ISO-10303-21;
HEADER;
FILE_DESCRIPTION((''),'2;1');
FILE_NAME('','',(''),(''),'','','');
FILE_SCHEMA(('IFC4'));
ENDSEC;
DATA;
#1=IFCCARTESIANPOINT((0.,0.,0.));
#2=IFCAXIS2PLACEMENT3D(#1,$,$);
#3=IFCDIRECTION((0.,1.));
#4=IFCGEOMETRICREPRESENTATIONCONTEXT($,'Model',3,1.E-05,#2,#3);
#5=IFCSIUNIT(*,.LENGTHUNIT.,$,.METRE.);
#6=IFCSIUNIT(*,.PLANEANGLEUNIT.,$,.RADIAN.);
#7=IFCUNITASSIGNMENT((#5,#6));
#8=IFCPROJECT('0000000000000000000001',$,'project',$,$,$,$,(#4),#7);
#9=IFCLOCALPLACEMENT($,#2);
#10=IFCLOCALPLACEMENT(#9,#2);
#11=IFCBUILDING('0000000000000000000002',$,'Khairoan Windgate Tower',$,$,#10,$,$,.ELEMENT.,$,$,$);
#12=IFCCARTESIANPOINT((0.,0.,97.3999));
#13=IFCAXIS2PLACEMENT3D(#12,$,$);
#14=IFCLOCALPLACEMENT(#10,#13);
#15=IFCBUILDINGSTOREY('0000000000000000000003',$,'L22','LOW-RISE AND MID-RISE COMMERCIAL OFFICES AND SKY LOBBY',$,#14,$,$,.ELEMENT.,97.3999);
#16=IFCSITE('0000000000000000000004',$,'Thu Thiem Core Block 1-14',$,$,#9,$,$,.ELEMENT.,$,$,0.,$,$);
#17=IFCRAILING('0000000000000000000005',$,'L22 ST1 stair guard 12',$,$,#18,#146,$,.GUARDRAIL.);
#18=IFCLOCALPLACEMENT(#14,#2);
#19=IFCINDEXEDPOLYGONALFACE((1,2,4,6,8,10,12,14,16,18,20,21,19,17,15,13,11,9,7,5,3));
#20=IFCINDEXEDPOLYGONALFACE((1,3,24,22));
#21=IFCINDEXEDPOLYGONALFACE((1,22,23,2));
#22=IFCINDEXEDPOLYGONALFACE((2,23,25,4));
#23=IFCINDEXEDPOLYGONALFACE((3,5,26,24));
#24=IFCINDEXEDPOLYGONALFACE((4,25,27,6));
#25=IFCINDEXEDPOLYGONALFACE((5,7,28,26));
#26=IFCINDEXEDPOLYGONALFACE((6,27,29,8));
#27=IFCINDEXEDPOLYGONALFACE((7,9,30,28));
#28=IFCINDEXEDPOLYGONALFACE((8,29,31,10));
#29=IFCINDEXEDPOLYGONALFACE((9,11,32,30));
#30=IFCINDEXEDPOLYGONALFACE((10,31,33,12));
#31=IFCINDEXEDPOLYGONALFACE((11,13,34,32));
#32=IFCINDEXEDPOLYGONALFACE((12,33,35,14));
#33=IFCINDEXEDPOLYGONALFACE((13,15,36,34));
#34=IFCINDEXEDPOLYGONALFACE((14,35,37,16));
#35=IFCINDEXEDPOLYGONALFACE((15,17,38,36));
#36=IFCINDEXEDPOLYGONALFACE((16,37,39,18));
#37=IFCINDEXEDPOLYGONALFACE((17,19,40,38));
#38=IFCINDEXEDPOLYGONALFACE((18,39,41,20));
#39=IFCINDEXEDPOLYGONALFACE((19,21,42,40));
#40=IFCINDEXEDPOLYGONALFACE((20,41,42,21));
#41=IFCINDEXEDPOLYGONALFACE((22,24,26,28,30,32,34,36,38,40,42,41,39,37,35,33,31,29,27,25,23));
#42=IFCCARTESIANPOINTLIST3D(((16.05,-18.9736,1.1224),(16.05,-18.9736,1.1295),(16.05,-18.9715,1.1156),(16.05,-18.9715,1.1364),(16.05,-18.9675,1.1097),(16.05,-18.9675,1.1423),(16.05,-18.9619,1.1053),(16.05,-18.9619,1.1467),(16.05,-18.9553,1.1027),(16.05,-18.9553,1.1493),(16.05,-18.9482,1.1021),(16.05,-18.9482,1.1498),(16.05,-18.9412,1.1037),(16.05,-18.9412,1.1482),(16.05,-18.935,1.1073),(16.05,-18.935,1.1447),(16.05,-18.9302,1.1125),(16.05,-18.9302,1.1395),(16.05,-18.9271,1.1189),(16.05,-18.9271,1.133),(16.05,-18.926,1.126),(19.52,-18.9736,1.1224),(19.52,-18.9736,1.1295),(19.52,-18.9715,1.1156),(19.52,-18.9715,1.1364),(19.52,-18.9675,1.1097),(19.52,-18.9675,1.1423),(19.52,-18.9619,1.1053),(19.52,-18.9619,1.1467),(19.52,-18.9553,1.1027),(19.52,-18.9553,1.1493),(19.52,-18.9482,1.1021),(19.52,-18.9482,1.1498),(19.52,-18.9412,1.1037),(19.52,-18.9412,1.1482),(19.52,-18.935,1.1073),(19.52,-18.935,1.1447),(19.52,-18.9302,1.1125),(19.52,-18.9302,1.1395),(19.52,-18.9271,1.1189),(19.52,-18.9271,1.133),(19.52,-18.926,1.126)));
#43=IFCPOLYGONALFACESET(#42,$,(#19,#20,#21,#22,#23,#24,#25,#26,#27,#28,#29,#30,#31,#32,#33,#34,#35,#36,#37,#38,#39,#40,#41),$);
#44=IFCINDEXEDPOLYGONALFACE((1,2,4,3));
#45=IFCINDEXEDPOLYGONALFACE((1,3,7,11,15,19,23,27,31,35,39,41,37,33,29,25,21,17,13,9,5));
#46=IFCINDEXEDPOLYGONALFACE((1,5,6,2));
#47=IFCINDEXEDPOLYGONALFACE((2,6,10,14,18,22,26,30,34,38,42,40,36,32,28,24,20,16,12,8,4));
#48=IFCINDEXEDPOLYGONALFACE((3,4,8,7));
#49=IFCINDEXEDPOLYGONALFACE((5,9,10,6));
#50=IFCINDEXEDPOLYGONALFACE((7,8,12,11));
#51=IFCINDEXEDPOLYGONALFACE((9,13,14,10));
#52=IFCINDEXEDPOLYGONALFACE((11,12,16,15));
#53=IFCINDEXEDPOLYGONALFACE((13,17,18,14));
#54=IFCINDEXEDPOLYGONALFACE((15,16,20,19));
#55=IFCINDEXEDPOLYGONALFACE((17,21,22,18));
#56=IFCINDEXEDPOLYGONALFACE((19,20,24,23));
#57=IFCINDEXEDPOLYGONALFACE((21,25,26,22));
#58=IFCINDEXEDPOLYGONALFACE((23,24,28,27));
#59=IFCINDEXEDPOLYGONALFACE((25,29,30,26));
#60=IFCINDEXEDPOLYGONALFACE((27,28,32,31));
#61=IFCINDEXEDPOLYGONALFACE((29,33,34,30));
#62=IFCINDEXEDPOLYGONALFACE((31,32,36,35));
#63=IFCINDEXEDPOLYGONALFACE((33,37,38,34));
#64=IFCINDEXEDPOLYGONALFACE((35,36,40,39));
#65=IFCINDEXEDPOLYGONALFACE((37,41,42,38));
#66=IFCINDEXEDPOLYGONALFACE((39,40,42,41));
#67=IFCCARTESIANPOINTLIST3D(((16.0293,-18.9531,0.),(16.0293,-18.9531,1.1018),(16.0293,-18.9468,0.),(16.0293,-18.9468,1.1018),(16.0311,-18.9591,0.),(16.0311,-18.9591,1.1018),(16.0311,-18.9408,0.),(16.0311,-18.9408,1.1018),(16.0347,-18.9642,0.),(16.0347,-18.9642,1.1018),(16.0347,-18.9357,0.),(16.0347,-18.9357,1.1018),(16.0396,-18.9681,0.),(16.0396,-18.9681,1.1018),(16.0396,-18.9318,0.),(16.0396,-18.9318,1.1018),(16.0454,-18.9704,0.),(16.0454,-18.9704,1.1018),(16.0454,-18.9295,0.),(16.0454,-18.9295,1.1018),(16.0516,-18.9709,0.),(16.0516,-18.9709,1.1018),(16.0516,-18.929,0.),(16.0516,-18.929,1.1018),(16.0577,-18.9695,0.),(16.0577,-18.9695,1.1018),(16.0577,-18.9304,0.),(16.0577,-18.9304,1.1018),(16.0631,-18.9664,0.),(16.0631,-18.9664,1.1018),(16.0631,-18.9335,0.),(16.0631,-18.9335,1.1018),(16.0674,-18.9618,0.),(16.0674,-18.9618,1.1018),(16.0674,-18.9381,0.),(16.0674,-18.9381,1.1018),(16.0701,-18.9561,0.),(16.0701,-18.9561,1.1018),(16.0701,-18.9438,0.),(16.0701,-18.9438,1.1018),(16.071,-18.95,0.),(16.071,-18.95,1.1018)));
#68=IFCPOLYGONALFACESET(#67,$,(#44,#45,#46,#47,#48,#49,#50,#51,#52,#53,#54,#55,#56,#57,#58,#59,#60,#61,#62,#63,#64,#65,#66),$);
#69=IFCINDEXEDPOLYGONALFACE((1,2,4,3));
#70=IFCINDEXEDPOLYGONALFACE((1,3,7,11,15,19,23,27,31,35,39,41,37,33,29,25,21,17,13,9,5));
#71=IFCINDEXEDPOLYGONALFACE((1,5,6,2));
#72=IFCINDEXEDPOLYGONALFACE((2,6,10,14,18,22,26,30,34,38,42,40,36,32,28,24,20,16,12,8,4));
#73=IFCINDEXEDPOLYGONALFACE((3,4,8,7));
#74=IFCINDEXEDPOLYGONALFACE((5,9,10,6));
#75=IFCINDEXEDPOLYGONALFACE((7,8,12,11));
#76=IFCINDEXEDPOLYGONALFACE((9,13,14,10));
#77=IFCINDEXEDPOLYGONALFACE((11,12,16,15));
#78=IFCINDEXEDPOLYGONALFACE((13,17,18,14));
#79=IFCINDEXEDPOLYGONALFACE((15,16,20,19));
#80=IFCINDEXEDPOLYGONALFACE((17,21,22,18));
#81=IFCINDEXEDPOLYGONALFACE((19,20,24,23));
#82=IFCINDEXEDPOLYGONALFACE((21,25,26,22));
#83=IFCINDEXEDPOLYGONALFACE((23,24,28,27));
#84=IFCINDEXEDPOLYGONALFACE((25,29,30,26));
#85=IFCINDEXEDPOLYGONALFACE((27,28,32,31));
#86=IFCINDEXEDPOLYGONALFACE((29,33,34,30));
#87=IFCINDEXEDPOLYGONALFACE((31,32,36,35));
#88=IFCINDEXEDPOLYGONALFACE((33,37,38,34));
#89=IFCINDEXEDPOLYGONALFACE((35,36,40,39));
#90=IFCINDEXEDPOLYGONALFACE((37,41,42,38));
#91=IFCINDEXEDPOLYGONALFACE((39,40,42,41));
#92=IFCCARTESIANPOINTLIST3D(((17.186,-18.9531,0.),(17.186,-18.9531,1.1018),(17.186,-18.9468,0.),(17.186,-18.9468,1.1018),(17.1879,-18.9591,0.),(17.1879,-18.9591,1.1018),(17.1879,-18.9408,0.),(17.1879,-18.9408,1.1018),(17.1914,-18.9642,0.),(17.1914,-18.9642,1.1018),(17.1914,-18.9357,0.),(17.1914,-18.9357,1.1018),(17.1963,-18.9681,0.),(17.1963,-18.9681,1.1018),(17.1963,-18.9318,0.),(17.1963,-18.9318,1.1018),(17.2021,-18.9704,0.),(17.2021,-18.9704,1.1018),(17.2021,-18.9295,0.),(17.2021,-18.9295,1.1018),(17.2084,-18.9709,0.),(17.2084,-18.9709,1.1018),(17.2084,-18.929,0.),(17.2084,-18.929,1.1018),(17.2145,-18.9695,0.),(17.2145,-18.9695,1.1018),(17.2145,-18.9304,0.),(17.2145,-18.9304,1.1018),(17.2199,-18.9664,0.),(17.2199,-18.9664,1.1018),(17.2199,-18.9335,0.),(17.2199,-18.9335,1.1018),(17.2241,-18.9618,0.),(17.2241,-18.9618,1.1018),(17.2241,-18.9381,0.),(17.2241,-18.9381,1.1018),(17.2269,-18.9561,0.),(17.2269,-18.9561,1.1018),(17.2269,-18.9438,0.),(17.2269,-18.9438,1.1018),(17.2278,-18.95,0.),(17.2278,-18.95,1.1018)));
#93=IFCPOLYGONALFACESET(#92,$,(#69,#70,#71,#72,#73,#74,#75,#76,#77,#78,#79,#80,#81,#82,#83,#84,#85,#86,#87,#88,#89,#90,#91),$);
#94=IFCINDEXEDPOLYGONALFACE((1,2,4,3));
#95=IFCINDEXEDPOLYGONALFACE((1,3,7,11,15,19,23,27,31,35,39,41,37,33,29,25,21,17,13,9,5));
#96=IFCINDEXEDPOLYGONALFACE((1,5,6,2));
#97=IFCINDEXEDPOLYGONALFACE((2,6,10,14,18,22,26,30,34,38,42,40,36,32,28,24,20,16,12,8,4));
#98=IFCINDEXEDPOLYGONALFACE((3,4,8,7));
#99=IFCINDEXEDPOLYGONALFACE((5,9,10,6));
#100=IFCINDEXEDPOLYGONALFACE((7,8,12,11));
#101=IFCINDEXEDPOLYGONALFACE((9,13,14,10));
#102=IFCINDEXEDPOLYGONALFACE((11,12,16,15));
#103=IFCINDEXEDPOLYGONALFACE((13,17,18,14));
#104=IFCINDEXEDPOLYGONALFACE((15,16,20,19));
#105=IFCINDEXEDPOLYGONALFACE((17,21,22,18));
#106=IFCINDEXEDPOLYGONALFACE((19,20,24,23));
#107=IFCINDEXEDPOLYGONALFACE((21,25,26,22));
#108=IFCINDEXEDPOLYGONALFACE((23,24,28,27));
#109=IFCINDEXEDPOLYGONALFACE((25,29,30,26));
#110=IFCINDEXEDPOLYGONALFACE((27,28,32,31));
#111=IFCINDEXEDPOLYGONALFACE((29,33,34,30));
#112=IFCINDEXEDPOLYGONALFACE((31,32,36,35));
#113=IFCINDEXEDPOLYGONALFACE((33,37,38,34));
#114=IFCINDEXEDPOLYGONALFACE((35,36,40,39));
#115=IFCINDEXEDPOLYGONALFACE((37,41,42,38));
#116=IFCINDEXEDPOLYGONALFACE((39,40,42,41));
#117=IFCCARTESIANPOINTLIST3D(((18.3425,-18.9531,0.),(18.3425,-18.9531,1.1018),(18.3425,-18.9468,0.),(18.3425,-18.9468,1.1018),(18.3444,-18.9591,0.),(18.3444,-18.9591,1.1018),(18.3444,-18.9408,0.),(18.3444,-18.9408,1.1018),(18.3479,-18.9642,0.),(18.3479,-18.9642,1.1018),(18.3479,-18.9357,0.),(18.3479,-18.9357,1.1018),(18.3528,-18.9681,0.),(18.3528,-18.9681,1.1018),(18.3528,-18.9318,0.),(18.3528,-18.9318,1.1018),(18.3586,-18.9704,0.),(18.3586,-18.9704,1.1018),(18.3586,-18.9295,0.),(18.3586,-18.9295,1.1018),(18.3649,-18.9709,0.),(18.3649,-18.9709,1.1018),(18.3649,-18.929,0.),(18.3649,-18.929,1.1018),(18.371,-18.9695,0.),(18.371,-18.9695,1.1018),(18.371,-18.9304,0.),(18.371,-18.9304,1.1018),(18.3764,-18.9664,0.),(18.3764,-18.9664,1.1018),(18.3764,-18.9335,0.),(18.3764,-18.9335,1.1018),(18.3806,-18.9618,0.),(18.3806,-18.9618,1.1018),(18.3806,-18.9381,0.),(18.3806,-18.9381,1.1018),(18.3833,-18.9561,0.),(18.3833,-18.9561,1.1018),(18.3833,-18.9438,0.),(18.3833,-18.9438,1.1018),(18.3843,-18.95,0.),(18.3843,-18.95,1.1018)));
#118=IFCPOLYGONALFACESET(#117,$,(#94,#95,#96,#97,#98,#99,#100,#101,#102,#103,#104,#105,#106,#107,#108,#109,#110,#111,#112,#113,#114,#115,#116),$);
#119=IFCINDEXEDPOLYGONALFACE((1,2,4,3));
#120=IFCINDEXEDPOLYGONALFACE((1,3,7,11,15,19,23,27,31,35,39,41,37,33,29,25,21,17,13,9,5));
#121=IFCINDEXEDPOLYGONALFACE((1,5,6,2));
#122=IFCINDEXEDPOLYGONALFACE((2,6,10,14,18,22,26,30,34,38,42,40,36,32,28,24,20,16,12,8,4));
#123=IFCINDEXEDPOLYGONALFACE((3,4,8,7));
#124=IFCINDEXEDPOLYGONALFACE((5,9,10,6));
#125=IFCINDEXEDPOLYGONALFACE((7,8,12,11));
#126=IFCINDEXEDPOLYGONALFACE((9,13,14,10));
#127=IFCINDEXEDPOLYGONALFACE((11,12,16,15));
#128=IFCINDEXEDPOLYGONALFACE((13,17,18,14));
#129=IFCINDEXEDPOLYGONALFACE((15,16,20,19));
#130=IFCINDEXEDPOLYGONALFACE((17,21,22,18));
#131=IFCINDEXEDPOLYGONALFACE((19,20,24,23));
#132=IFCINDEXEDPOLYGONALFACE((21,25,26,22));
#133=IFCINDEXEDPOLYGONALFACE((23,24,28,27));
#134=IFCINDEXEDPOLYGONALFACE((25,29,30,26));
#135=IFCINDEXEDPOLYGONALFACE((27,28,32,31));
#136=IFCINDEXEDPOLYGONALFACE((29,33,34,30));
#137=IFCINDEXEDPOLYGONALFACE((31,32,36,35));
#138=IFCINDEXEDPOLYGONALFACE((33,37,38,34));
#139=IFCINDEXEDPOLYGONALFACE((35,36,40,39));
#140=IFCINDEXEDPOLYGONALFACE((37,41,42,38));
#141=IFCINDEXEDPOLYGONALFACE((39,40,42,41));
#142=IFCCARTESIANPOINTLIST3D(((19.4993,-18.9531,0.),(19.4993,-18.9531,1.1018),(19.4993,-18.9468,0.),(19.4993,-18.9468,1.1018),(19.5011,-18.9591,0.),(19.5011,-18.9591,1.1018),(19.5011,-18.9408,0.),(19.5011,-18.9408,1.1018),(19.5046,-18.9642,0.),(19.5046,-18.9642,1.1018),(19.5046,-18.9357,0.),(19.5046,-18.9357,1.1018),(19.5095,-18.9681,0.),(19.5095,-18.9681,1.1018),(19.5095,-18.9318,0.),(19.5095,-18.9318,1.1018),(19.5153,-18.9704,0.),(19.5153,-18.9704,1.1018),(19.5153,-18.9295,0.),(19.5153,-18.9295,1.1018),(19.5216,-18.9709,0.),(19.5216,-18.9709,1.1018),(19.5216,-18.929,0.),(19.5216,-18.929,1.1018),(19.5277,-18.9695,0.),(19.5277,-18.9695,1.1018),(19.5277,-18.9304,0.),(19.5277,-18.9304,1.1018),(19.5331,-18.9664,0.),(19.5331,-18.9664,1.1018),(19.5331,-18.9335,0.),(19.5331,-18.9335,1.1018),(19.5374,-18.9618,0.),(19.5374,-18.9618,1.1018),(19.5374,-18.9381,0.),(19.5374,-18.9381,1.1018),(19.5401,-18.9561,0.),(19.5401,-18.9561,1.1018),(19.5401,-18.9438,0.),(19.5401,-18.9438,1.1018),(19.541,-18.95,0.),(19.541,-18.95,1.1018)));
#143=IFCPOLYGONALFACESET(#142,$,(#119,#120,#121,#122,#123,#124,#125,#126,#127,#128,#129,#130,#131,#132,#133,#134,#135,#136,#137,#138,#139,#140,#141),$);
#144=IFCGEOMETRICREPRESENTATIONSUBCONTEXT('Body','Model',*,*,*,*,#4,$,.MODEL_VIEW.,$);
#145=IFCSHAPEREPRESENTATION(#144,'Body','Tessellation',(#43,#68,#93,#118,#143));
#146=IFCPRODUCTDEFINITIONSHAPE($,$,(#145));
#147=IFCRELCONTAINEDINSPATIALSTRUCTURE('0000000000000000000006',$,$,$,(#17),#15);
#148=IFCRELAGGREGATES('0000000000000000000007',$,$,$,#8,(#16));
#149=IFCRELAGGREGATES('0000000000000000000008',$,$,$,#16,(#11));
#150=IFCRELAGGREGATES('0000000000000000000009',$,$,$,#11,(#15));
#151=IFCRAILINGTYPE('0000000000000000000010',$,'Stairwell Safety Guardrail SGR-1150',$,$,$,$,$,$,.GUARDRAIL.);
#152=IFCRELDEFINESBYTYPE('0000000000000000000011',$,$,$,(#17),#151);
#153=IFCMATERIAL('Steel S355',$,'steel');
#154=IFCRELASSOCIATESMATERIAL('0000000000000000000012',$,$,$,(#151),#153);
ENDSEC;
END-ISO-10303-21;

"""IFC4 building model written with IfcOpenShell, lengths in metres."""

from ifc_helpers import new_model, si_unit, direction, frame, origin, origin_2d, place, context, subcontext, project, spatial, circle, extrude, material, type_object, element, save


model = new_model("IFC4")

# Units and contexts
model_context = context("Model", 3, precision=1e-05, world=origin(), true_north=direction((0.0, 1.0)))
body_context = subcontext(model_context, "Body", "Model", "MODEL_VIEW")
ifc_project = project(units=[si_unit("LENGTHUNIT", "METRE"), si_unit("PLANEANGLEUNIT", "RADIAN")], contexts=[model_context])

# Site, building, storey
site_placement = place(None, origin())
site = spatial("IfcSite", under=ifc_project, at=site_placement, Name="Thu Thiem Core Block 1-14", CompositionType="ELEMENT", RefElevation=0.0)
building_placement = place(site_placement, origin())
building = spatial("IfcBuilding", under=site, at=building_placement, Name="Khairoan Windgate Tower", CompositionType="ELEMENT")
storey_placement = place(building_placement, frame((0.0, 0.0, 97.3999)))
storey = spatial("IfcBuildingStorey", under=building, at=storey_placement, Name="L22", Description="LOW-RISE AND MID-RISE COMMERCIAL OFFICES AND SKY LOBBY", CompositionType="ELEMENT", Elevation=97.3999)

# Railing
ifc_material_1 = material(Name="Steel S355", Category="steel")
railing_type_1 = type_object("IfcRailingType", Name="Stairwell Safety Guardrail SGR-1150", PredefinedType="GUARDRAIL", material=ifc_material_1)
railing_1_placement = place(storey_placement, frame((16.05, -18.95, 0.0)))
element("IfcRailing", 1, at=railing_1_placement, inside=storey, type_object=railing_type_1, Name="L22 ST1 stair guard 12", PredefinedType="GUARDRAIL", context=body_context, shape_type="SweptSolid", body=[
    extrude(circle(Radius=0.0239, at=origin_2d()), frame((0.0, 0.0, 1.126), z_axis=(1.0, 0.0, 0.0), x_axis=(0.0, 1.0, 0.0)), (0.0, 0.0, 1.0), 3.47),
    extrude(circle(Radius=0.021, at=origin_2d()), origin(), (0.0, 0.0, 1.0), 1.1018),
    extrude(circle(Radius=0.021, at=origin_2d()), frame((1.1567, 0.0, 0.0)), (0.0, 0.0, 1.0), 1.1018),
    extrude(circle(Radius=0.021, at=origin_2d()), frame((2.3132, 0.0, 0.0)), (0.0, 0.0, 1.0), 1.1018),
    extrude(circle(Radius=0.021, at=origin_2d()), frame((3.47, 0.0, 0.0)), (0.0, 0.0, 1.0), 1.1018),
])

save(model, "model.ifc")
